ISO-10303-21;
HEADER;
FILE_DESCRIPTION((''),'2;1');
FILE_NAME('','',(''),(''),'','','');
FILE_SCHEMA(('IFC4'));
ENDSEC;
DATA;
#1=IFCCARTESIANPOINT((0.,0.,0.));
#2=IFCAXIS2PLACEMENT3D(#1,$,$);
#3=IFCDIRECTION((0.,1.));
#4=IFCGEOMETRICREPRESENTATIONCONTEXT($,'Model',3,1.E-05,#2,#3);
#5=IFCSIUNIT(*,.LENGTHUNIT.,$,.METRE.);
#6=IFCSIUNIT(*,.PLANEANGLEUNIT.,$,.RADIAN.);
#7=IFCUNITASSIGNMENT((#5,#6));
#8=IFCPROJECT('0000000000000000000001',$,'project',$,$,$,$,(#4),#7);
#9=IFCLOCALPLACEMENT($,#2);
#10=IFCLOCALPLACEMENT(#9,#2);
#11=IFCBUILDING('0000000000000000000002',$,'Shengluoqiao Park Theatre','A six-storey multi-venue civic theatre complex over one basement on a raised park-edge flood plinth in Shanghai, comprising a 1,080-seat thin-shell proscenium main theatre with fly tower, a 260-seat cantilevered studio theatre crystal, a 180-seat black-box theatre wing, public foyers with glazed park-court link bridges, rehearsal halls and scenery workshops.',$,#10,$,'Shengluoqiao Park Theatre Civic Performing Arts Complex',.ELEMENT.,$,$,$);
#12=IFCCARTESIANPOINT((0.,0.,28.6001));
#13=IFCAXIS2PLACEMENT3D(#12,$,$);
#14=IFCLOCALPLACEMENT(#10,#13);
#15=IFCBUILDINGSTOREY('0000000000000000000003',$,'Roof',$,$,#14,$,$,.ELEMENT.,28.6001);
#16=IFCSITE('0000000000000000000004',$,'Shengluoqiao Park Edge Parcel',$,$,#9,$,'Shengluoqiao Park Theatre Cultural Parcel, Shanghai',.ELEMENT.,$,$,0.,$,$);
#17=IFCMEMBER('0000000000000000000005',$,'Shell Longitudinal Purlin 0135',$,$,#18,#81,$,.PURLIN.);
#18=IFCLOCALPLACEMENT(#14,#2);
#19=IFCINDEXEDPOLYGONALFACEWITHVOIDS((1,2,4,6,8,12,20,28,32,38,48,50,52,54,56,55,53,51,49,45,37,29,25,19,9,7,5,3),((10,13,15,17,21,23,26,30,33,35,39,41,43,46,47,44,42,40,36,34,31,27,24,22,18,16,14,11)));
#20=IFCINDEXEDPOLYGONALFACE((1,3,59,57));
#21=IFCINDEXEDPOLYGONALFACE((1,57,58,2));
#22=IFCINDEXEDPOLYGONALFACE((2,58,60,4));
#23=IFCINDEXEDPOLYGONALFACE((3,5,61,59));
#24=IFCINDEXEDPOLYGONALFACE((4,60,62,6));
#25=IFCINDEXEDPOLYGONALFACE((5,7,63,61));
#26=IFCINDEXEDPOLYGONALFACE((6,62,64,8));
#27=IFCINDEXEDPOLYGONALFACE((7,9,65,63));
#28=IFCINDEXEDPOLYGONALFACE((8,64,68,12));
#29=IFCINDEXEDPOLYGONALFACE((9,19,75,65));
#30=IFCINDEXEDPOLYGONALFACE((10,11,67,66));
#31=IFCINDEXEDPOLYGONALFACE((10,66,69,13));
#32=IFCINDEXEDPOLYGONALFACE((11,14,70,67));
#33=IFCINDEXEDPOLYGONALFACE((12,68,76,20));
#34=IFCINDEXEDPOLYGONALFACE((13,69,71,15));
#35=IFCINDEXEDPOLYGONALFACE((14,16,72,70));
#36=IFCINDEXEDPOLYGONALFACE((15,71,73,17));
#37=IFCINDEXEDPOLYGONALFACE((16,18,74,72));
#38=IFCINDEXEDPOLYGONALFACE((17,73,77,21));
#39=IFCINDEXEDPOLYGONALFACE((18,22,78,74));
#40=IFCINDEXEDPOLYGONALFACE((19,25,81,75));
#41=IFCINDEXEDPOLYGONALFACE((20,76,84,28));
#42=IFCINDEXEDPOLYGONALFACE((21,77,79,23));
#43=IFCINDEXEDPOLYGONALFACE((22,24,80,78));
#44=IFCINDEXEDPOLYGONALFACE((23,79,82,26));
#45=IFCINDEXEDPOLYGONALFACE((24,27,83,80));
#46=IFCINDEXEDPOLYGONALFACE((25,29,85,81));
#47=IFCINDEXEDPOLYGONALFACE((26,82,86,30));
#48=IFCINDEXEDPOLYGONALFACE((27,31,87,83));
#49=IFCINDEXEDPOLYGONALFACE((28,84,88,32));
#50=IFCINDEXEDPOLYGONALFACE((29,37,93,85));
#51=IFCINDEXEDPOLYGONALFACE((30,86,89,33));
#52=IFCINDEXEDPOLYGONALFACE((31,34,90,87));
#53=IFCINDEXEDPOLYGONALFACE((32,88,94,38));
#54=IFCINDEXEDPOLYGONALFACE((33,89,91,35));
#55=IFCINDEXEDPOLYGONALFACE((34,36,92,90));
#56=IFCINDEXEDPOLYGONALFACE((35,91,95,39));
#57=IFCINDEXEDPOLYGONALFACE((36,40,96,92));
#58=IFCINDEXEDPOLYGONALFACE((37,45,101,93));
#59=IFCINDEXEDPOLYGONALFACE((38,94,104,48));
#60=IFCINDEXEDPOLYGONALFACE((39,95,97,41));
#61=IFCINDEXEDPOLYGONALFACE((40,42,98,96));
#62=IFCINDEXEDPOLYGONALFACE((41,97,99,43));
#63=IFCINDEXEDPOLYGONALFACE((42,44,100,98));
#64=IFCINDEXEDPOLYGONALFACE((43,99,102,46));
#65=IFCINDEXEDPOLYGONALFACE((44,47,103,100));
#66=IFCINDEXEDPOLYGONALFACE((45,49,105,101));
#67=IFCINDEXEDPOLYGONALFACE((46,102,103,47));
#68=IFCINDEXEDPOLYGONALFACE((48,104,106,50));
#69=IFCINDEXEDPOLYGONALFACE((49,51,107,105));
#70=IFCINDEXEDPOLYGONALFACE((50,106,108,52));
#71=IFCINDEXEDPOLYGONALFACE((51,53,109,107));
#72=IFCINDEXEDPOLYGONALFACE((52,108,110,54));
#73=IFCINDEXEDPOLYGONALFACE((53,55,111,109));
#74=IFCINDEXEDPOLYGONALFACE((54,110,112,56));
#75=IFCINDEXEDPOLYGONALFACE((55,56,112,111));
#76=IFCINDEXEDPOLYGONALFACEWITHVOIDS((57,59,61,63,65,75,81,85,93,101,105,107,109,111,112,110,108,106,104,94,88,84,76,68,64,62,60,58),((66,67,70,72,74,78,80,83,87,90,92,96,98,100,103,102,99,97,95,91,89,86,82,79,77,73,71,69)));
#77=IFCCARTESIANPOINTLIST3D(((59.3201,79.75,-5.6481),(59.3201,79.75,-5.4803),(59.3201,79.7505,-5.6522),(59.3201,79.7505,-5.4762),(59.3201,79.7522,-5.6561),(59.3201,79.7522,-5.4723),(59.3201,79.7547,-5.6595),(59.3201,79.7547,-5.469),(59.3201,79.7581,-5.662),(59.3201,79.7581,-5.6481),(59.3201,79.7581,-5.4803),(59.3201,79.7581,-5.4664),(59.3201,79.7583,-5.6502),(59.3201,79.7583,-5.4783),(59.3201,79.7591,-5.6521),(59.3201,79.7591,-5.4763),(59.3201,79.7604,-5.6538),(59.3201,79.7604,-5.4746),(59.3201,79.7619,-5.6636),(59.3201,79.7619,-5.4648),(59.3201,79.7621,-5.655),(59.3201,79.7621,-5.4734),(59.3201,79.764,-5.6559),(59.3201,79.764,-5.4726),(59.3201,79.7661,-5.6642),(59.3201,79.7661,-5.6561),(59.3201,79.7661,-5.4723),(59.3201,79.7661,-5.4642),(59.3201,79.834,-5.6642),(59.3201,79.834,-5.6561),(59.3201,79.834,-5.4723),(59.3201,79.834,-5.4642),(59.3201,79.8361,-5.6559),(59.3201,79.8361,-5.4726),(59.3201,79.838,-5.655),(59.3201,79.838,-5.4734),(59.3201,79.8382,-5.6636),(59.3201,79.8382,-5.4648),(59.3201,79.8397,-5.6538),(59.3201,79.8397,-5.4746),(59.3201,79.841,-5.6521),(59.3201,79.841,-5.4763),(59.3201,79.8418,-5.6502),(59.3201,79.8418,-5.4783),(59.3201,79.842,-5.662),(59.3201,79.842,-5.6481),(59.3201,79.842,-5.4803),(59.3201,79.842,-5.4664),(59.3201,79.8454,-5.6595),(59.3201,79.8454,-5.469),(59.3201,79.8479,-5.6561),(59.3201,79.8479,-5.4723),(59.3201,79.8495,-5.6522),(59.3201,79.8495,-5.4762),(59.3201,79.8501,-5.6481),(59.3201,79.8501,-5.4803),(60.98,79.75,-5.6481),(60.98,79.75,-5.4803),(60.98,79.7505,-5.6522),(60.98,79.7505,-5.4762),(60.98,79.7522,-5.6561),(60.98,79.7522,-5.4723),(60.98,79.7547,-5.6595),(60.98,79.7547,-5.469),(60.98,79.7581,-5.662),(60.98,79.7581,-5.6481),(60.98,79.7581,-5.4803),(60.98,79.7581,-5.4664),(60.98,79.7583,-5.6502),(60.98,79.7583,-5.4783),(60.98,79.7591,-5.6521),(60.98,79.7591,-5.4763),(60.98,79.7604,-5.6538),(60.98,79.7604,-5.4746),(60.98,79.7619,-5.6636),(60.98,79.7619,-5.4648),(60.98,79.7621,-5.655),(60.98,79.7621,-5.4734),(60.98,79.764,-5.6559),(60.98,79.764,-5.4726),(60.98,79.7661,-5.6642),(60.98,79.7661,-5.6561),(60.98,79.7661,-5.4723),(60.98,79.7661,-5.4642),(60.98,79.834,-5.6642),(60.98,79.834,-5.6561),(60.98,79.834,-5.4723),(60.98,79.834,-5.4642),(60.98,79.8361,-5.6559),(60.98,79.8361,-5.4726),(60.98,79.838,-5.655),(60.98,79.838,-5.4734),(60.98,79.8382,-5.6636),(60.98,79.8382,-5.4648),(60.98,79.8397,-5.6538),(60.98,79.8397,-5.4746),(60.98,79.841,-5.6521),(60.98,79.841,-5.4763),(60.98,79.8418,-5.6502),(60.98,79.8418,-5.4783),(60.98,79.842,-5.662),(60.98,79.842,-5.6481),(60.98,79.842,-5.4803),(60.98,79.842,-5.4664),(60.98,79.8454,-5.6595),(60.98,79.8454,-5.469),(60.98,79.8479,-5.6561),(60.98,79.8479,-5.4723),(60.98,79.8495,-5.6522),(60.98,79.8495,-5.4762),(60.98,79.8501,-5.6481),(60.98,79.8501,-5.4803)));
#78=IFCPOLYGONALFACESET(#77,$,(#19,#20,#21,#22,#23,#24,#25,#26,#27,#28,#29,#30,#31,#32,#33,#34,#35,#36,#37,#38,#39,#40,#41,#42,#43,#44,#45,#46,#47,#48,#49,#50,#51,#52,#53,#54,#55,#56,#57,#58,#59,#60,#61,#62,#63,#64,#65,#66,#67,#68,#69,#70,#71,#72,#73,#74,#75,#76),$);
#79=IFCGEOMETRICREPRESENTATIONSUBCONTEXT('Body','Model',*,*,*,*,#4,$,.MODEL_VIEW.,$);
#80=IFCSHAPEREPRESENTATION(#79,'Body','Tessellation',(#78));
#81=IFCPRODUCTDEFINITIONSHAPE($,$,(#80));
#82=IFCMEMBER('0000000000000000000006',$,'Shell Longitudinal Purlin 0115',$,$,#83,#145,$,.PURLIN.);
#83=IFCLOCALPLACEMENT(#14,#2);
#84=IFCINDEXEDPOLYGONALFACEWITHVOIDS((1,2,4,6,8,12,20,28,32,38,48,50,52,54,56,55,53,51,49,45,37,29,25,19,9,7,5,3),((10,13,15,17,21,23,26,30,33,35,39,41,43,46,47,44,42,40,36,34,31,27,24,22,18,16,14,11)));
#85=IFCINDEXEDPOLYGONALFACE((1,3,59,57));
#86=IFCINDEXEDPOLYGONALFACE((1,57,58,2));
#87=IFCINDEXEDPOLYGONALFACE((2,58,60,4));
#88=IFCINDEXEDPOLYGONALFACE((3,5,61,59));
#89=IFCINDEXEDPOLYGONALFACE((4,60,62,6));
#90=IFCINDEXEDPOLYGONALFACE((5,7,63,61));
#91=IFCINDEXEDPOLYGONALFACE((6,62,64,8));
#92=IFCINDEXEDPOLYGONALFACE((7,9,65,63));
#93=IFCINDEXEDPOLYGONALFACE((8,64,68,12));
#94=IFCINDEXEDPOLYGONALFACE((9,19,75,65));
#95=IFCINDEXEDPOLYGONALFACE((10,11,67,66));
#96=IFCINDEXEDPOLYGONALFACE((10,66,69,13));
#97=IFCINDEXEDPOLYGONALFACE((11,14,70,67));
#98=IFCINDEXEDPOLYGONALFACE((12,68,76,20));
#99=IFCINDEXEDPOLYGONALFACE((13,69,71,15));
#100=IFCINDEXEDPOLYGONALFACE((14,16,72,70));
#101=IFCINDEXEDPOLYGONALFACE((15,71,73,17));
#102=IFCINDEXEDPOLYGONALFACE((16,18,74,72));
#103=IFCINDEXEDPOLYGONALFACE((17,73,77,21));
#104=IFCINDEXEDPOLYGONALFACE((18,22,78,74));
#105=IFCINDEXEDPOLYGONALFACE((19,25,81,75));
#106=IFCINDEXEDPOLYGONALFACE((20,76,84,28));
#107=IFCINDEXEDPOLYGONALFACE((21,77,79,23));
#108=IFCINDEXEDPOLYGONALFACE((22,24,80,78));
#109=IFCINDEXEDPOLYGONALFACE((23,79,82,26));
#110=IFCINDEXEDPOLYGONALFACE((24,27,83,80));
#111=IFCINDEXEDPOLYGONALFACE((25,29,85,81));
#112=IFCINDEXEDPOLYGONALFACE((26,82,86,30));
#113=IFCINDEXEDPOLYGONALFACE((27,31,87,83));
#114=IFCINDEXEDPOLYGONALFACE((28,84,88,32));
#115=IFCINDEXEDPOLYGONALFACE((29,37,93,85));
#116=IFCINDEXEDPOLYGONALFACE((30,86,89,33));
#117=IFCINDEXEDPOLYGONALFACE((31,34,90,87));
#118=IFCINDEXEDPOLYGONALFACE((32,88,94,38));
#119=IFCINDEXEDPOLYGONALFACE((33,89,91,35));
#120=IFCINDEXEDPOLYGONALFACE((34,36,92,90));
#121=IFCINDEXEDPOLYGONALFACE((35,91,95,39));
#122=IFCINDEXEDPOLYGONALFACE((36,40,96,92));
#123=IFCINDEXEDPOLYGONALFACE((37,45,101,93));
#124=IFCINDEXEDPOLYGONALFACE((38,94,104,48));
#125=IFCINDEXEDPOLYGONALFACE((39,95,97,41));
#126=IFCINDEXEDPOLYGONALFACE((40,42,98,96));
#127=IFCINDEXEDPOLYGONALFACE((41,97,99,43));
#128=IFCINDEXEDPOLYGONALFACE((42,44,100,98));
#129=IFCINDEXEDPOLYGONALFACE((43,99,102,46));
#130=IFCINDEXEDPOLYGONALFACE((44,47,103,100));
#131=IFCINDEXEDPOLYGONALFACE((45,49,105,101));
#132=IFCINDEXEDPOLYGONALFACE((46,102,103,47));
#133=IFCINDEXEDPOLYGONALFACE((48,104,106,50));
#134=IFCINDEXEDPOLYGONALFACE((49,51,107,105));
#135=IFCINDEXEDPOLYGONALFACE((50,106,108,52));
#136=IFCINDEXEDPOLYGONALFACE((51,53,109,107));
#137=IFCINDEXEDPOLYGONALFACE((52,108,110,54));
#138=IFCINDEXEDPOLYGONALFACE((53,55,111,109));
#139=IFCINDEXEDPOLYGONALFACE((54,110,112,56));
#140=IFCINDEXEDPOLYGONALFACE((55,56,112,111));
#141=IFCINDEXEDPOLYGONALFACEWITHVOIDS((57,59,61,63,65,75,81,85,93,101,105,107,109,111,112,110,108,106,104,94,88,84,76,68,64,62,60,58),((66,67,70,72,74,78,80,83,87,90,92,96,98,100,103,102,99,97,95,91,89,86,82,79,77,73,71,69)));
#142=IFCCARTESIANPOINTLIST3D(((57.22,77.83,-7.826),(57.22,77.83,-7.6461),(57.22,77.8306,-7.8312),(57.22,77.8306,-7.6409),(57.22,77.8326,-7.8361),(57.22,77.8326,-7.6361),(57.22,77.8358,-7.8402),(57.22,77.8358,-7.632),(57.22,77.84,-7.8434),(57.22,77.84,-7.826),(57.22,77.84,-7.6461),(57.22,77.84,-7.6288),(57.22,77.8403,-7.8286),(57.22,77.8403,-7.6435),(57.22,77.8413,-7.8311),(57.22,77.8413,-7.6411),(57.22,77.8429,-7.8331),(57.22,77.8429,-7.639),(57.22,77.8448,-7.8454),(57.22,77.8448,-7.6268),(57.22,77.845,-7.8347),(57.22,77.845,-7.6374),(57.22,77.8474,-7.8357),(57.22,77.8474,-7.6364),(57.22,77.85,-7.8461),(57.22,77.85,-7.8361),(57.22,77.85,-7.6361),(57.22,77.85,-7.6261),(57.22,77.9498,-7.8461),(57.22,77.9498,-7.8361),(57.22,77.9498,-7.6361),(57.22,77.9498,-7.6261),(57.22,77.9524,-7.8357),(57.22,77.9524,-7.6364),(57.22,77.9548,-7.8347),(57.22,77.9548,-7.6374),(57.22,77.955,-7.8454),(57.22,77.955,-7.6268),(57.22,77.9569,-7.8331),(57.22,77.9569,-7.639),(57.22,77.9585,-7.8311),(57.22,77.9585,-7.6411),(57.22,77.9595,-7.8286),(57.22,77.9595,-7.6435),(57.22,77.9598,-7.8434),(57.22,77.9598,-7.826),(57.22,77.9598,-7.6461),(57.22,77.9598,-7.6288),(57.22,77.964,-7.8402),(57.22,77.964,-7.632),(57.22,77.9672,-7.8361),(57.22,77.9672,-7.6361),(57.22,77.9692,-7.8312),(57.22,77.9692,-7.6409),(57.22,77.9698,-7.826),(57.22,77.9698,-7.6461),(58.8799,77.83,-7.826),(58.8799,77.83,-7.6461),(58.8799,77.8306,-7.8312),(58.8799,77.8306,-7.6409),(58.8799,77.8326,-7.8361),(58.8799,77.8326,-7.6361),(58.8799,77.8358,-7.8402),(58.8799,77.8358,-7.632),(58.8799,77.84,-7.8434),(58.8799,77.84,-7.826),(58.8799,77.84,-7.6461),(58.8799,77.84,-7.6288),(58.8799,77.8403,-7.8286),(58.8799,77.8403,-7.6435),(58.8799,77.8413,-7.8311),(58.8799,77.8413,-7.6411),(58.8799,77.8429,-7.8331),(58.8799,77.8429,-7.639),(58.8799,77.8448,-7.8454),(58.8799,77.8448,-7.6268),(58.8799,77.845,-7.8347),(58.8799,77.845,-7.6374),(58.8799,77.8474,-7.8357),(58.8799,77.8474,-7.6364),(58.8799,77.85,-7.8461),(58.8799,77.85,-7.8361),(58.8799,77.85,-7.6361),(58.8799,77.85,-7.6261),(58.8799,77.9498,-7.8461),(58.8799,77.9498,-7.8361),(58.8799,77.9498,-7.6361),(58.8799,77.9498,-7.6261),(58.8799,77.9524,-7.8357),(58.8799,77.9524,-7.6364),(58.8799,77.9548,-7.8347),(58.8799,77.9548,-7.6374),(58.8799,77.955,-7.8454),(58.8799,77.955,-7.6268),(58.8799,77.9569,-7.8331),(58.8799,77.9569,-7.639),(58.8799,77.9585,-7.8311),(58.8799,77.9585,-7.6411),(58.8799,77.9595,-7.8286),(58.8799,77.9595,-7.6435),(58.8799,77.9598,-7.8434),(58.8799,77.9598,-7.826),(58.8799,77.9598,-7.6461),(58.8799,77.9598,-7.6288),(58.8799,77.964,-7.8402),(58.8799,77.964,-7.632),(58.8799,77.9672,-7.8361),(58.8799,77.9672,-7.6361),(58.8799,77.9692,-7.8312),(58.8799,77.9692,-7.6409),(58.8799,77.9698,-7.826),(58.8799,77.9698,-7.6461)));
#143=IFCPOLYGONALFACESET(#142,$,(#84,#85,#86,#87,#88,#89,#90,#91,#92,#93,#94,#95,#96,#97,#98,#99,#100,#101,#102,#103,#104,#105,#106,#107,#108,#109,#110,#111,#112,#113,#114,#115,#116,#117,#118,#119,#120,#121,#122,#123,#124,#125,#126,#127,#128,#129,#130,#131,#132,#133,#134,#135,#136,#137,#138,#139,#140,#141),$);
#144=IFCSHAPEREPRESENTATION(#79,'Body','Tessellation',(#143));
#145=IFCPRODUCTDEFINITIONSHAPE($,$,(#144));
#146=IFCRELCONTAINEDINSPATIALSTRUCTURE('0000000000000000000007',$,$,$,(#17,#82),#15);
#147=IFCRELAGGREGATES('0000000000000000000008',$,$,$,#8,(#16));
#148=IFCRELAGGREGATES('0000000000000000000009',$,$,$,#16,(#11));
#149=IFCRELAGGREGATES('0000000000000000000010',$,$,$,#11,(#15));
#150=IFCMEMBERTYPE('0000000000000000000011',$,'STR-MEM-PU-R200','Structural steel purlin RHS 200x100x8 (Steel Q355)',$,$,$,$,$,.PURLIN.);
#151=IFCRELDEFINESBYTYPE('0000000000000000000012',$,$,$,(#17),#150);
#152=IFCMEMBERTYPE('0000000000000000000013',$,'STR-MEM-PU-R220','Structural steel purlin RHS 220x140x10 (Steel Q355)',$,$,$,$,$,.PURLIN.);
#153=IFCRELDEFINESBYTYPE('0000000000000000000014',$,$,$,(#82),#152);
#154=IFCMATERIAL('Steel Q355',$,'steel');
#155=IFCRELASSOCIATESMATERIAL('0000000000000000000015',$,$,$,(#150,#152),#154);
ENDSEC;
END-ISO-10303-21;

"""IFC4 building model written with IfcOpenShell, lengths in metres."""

from ifc_helpers import new_model, si_unit, direction, frame, origin, origin_2d, place, context, subcontext, project, spatial, hollow_rectangle, extrude, material, material_profile, profile_set, type_object, element, save


model = new_model("IFC4")

# Units and contexts
model_context = context("Model", 3, precision=1e-05, world=origin(), true_north=direction((0.0, 1.0)))
body_context = subcontext(model_context, "Body", "Model", "MODEL_VIEW")
ifc_project = project(units=[si_unit("LENGTHUNIT", "METRE"), si_unit("PLANEANGLEUNIT", "RADIAN")], contexts=[model_context])

# Site, building, storey
site_placement = place(None, origin())
site = spatial("IfcSite", under=ifc_project, at=site_placement, Name="Shengluoqiao Park Edge Parcel", LongName="Shengluoqiao Park Theatre Cultural Parcel, Shanghai", CompositionType="ELEMENT", RefElevation=0.0)
building_placement = place(site_placement, origin())
building = spatial("IfcBuilding", under=site, at=building_placement, Name="Shengluoqiao Park Theatre", Description="A six-storey multi-venue civic theatre complex over one basement on a raised park-edge flood plinth in Shanghai, comprising a 1,080-seat thin-shell proscenium main theatre with fly tower, a 260-seat cantilevered studio theatre crystal, a 180-seat black-box theatre wing, public foyers with glazed park-court link bridges, rehearsal halls and scenery workshops.", LongName="Shengluoqiao Park Theatre Civic Performing Arts Complex", CompositionType="ELEMENT")
storey_placement = place(building_placement, frame((0.0, 0.0, 28.6001)))
storey = spatial("IfcBuildingStorey", under=building, at=storey_placement, Name="Roof", CompositionType="ELEMENT", Elevation=28.6001)

# Shared definitions
ifc_material_1 = material(Name="Steel Q355", Category="steel")

# Members
ifc_material_profile_1 = material_profile(ifc_material_1, hollow_rectangle(XDim=0.1001, YDim=0.2, WallThickness=0.0081, InnerFilletRadius=0.0081, OuterFilletRadius=0.0161, at=origin_2d()), Name="RHS 200x100x8")
ifc_profile_set_1 = profile_set([ifc_material_profile_1], Name="Steel Q355")
member_type_1 = type_object("IfcMemberType", Name="STR-MEM-PU-R200", Description="Structural steel purlin RHS 200x100x8 (Steel Q355)", PredefinedType="PURLIN", material=ifc_profile_set_1)
for number, where, z_axis, x_axis, name in (
    (1, (59.3201, 79.8, -5.5642), (1.0, 0.0, 0.0), (0.0, 1.0, 0.0), "Shell Longitudinal Purlin 0135"),
):
    element("IfcMember", number, at=place(storey_placement, frame(where, z_axis=z_axis, x_axis=x_axis)), inside=storey, type_object=member_type_1, Name=name, PredefinedType="PURLIN", context=body_context, shape_type="SweptSolid", body=[
        extrude(hollow_rectangle(XDim=0.1001, YDim=0.2, WallThickness=0.0081, InnerFilletRadius=0.0081, OuterFilletRadius=0.0161, at=origin_2d()), origin(), (0.0, 0.0, 1.0), 1.6599),
    ])
ifc_material_profile_2 = material_profile(ifc_material_1, hollow_rectangle(XDim=0.1399, YDim=0.22, WallThickness=0.01, InnerFilletRadius=0.01, OuterFilletRadius=0.02, at=origin_2d()), Name="RHS 220x140x10")
ifc_profile_set_2 = profile_set([ifc_material_profile_2], Name="Steel Q355")
member_type_2 = type_object("IfcMemberType", Name="STR-MEM-PU-R220", Description="Structural steel purlin RHS 220x140x10 (Steel Q355)", PredefinedType="PURLIN", material=ifc_profile_set_2)
for number, where, z_axis, x_axis, name in (
    (2, (57.22, 77.8999, -7.7361), (1.0, 0.0, 0.0), (0.0, 1.0, 0.0), "Shell Longitudinal Purlin 0115"),
):
    element("IfcMember", number, at=place(storey_placement, frame(where, z_axis=z_axis, x_axis=x_axis)), inside=storey, type_object=member_type_2, Name=name, PredefinedType="PURLIN", context=body_context, shape_type="SweptSolid", body=[
        extrude(hollow_rectangle(XDim=0.1399, YDim=0.22, WallThickness=0.01, InnerFilletRadius=0.01, OuterFilletRadius=0.02, at=origin_2d()), origin(), (0.0, 0.0, 1.0), 1.6599),
    ])

save(model, "model.ifc")
